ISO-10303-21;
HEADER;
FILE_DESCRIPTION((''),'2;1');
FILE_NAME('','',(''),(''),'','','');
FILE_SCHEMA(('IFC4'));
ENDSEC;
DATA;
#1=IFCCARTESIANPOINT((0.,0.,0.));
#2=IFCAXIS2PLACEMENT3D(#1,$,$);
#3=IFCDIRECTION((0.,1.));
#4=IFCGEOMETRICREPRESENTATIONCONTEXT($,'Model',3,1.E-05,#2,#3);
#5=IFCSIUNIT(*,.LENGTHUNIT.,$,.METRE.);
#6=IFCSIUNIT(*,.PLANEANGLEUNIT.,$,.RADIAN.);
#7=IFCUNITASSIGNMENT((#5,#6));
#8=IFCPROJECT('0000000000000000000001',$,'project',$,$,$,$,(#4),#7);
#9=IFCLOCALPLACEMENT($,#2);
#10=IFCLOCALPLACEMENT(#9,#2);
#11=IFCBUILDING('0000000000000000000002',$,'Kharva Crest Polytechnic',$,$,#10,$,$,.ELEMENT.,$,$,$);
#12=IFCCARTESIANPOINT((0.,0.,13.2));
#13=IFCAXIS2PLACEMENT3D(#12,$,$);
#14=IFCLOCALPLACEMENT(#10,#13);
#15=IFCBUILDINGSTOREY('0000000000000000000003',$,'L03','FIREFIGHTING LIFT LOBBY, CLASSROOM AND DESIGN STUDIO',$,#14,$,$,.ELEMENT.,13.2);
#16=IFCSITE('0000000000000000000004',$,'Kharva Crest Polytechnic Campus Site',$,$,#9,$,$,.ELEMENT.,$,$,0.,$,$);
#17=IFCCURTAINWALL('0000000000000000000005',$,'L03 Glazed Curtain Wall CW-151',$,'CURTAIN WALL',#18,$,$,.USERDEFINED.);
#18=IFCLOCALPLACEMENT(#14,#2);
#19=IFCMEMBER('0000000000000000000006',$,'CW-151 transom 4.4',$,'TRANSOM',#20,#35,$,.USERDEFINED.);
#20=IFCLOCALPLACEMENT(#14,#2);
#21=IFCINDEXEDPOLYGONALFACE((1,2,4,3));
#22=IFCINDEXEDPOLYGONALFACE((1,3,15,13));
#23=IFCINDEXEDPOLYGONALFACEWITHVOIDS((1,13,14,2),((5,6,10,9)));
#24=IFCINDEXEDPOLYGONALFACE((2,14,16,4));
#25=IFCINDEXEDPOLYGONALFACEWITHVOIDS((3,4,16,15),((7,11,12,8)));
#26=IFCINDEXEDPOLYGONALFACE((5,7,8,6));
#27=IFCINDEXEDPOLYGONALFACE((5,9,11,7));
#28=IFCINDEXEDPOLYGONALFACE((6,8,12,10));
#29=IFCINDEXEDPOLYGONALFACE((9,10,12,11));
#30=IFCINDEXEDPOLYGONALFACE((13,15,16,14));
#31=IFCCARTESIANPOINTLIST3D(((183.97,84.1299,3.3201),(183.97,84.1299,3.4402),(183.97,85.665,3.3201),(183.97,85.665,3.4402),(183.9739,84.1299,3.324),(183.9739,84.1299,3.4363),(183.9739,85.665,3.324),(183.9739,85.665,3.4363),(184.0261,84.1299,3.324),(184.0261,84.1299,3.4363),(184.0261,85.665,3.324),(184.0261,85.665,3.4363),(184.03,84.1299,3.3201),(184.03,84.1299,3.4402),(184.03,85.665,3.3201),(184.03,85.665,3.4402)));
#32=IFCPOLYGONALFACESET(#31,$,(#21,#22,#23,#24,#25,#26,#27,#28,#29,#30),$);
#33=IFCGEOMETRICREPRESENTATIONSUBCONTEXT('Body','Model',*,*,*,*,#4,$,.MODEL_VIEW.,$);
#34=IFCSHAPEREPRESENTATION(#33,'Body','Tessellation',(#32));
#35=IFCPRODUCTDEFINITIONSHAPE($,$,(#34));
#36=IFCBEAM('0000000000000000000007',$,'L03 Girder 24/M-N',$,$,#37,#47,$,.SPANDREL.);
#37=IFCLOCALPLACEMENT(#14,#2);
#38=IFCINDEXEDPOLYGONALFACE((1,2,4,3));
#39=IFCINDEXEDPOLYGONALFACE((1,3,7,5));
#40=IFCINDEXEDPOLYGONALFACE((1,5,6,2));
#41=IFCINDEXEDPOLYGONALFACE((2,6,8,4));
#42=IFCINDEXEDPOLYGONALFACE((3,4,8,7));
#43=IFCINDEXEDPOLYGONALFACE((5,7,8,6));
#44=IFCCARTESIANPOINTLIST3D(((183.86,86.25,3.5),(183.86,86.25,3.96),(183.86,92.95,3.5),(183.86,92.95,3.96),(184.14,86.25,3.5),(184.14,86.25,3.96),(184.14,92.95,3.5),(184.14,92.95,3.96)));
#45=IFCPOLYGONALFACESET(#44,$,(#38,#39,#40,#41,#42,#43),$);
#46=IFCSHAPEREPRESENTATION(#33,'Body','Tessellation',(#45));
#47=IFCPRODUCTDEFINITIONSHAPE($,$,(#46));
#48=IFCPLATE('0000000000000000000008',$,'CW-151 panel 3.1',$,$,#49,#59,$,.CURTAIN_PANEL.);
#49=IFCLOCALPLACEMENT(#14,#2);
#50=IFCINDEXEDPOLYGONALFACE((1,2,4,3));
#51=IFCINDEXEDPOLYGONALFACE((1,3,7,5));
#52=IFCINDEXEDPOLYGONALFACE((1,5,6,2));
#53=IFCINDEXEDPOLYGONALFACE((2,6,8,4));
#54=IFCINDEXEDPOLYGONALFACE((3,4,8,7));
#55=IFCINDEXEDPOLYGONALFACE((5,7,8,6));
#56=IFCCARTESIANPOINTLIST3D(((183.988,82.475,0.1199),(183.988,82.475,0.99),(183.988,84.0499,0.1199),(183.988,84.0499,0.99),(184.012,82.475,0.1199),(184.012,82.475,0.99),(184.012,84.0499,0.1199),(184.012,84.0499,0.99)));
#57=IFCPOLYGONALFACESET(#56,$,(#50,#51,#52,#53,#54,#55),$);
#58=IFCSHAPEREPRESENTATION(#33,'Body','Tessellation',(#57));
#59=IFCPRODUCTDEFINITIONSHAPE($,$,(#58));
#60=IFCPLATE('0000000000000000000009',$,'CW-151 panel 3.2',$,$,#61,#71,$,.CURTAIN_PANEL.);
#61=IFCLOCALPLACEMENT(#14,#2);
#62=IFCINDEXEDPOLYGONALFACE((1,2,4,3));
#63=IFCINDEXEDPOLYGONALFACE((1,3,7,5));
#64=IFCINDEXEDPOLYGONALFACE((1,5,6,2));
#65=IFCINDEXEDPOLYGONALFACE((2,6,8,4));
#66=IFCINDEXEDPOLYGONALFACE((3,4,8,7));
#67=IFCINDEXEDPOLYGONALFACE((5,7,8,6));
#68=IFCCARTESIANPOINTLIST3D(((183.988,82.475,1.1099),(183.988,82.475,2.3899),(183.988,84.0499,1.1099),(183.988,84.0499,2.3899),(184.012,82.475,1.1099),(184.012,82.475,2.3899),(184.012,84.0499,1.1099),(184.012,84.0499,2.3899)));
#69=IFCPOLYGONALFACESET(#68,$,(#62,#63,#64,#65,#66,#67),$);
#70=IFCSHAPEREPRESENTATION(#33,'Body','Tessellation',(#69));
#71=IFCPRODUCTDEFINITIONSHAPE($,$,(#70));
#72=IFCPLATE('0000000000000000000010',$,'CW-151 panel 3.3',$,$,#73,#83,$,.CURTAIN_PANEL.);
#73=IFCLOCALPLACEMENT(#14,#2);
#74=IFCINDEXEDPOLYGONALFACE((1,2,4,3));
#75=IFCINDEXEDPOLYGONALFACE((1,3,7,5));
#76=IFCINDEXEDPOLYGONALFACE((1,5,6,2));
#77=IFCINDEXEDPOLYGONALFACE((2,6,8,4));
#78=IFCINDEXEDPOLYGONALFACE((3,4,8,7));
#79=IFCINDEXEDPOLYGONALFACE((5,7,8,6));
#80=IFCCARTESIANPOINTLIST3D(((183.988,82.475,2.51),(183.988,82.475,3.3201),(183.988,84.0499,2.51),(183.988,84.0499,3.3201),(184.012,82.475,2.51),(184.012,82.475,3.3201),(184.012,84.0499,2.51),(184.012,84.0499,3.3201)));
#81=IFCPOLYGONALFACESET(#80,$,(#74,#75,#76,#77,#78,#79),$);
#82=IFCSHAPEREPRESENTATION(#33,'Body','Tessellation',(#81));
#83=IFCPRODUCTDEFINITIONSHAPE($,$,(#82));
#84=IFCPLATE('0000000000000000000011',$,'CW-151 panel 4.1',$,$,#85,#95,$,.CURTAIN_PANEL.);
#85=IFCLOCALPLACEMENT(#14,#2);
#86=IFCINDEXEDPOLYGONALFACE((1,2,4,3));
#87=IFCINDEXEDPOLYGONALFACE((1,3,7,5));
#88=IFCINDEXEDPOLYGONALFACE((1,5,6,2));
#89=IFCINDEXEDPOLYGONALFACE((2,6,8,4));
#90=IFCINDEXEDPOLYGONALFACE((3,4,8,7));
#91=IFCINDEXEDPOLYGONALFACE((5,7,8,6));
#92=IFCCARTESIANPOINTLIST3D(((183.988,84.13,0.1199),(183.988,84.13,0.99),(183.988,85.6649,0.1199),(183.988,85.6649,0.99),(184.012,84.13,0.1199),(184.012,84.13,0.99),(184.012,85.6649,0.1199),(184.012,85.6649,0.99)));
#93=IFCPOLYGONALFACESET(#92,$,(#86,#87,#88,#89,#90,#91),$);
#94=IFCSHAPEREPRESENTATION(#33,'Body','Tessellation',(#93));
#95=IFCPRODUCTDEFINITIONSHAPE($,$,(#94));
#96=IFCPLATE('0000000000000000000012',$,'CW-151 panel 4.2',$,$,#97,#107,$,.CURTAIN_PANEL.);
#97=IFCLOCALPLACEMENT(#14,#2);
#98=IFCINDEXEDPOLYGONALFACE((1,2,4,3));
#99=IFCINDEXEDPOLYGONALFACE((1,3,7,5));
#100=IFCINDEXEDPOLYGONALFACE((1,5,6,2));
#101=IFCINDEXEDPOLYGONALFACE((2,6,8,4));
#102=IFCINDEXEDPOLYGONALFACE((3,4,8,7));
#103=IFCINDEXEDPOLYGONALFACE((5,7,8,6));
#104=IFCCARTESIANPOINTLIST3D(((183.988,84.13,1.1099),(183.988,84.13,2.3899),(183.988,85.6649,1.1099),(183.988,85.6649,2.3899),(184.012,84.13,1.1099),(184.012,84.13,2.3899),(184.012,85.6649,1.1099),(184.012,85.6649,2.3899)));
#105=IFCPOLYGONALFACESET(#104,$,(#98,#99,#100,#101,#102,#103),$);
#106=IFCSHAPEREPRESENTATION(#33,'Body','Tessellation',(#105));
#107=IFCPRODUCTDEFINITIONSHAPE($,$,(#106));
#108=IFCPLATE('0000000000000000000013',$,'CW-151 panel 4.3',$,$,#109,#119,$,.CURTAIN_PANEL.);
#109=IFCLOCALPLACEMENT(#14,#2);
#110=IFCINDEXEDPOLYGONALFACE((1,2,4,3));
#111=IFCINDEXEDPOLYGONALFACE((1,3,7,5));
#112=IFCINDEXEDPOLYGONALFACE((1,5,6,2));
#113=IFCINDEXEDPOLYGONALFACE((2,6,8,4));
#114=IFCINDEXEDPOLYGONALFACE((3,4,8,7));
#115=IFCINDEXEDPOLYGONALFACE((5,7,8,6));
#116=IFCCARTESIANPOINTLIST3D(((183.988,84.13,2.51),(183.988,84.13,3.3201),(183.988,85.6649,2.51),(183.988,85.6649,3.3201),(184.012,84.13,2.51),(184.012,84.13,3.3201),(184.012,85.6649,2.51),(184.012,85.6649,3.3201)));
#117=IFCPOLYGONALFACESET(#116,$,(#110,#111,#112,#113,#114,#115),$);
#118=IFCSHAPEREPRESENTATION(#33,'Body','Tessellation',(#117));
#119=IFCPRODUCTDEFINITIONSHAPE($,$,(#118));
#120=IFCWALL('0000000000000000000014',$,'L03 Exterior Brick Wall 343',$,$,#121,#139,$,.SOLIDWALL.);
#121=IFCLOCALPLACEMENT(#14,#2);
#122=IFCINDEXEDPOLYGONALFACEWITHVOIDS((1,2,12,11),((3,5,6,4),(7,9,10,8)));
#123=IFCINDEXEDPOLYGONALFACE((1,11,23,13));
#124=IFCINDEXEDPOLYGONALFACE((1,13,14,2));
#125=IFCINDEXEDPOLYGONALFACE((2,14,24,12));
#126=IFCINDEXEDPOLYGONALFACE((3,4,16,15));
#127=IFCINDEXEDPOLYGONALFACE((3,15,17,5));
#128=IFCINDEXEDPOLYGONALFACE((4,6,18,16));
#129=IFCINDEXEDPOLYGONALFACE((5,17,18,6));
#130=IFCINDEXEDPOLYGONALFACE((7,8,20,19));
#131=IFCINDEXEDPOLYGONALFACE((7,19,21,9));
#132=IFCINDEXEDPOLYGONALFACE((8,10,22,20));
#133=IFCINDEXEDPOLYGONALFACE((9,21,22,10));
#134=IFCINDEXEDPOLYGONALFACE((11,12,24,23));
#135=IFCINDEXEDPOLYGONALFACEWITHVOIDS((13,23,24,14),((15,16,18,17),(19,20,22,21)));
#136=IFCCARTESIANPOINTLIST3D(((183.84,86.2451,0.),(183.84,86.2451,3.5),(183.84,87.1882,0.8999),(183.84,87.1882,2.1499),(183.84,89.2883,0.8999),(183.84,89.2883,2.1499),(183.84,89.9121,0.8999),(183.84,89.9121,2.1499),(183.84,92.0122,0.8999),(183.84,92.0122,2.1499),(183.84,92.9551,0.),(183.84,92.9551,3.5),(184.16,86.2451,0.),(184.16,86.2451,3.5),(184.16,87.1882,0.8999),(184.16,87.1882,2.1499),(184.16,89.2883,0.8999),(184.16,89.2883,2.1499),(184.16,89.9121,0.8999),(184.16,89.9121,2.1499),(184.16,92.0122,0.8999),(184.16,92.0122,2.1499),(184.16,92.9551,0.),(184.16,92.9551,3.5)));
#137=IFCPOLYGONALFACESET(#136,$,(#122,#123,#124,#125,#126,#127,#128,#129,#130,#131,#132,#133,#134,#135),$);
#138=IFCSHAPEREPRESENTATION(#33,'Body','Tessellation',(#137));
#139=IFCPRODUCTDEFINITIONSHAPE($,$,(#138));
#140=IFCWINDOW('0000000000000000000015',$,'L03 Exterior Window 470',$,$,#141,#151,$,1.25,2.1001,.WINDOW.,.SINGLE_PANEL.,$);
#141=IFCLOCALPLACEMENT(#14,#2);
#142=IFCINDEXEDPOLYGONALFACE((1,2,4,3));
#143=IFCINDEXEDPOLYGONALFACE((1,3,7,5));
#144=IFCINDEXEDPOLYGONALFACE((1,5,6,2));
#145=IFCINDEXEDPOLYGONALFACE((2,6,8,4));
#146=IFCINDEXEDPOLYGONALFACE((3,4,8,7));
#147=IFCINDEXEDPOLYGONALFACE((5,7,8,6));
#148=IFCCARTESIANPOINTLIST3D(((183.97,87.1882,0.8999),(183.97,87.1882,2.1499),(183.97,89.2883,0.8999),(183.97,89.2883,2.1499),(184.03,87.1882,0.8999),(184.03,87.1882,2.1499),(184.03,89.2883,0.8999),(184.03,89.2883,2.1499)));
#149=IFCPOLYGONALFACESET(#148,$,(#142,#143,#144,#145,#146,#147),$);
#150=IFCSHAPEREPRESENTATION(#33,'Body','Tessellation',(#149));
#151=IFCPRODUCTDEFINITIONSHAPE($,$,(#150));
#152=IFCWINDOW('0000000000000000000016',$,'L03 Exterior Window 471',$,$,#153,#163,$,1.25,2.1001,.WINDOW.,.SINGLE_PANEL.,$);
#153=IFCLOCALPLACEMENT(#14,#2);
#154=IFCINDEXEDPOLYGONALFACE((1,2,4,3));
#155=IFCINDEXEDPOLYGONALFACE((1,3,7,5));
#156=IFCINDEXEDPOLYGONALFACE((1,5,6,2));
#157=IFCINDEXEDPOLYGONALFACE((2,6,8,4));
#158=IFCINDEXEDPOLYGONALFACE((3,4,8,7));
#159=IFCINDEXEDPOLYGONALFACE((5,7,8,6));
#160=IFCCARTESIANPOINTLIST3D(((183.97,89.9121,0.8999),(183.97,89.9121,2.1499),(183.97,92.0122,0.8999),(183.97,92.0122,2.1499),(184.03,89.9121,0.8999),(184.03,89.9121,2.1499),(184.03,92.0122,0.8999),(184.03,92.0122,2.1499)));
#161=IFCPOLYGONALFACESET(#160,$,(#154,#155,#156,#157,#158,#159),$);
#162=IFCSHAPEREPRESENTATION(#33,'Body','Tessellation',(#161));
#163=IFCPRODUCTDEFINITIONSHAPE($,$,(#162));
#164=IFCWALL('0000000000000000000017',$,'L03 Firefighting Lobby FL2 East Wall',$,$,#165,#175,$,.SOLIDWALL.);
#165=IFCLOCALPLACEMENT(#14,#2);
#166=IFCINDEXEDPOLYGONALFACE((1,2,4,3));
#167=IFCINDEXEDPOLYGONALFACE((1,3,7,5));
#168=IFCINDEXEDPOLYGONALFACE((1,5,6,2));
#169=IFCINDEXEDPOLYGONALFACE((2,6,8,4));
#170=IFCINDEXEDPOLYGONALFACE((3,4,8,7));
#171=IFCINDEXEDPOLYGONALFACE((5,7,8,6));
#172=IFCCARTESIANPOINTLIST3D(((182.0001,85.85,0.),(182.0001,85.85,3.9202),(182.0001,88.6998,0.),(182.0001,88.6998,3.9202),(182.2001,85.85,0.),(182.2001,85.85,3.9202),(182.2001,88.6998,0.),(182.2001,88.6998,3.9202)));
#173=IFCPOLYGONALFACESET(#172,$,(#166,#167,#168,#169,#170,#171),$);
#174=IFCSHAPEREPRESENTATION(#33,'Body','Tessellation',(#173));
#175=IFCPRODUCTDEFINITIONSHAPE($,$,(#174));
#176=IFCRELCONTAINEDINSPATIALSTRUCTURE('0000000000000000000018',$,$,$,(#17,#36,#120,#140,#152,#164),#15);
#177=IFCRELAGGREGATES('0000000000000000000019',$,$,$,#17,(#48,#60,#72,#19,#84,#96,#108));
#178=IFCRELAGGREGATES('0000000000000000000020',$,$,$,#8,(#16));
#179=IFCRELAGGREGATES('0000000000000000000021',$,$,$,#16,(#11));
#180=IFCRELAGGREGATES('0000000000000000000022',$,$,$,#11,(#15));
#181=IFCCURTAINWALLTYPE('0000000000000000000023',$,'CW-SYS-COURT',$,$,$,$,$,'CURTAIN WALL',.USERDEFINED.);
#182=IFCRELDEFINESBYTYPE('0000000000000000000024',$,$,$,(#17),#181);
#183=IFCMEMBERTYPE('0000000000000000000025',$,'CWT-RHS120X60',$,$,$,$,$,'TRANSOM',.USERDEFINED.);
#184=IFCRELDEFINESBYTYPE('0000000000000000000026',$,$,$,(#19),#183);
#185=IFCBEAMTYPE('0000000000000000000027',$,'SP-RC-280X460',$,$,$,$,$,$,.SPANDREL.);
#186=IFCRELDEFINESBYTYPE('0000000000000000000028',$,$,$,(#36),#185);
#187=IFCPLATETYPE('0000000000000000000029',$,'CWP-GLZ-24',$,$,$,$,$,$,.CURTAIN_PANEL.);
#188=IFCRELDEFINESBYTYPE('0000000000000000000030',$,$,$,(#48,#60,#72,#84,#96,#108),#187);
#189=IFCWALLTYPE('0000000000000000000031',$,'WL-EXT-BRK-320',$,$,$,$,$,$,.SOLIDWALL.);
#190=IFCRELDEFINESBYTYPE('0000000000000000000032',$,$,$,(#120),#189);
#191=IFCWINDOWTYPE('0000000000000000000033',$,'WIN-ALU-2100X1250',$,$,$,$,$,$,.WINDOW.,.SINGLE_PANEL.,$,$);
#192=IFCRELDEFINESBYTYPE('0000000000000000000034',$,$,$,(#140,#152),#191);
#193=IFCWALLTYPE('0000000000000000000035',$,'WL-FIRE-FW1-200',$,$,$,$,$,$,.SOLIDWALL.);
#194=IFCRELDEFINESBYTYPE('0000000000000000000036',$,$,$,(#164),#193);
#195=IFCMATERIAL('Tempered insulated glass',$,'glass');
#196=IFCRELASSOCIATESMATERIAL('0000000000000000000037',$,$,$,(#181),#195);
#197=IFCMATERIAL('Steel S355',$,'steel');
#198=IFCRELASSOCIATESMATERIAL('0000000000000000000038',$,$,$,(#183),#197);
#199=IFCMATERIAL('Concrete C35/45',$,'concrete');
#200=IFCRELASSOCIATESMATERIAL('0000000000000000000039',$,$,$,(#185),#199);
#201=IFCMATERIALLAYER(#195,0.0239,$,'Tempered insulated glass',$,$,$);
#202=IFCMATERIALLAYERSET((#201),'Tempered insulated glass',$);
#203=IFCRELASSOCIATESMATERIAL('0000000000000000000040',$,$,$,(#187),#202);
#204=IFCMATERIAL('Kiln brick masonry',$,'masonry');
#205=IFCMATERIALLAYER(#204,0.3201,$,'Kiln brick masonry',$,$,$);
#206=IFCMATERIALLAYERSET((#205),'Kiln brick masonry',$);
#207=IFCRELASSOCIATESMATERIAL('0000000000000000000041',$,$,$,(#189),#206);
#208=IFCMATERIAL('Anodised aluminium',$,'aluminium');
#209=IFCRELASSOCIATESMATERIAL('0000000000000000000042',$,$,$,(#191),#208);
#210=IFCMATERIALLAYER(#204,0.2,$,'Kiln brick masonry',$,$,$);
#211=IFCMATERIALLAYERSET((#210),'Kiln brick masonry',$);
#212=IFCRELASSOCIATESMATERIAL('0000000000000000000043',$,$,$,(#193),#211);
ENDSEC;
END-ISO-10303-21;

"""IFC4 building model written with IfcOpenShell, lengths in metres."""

from ifc_helpers import new_model, si_unit, direction, frame, frame_2d, origin, origin_2d, place, context, subcontext, project, spatial, rectangle, hollow_rectangle, extrude, material, layer, layer_set, material_profile, profile_set, type_object, element, fill, aggregate, save


model = new_model("IFC4")

# Units and contexts
model_context = context("Model", 3, precision=1e-05, world=origin(), true_north=direction((0.0, 1.0)))
body_context = subcontext(model_context, "Body", "Model", "MODEL_VIEW")
ifc_project = project(units=[si_unit("LENGTHUNIT", "METRE"), si_unit("PLANEANGLEUNIT", "RADIAN")], contexts=[model_context])

# Site, building, storey
site_placement = place(None, origin())
site = spatial("IfcSite", under=ifc_project, at=site_placement, Name="Kharva Crest Polytechnic Campus Site", CompositionType="ELEMENT", RefElevation=0.0)
building_placement = place(site_placement, origin())
building = spatial("IfcBuilding", under=site, at=building_placement, Name="Kharva Crest Polytechnic", CompositionType="ELEMENT")
storey_placement = place(building_placement, frame((0.0, 0.0, 13.2)))
storey = spatial("IfcBuildingStorey", under=building, at=storey_placement, Name="L03", Description="FIREFIGHTING LIFT LOBBY, CLASSROOM AND DESIGN STUDIO", CompositionType="ELEMENT", Elevation=13.2)

# Curtain wall, member
ifc_material_1 = material(Name="Tempered insulated glass", Category="glass")
curtain_wall_type = type_object("IfcCurtainWallType", Name="CW-SYS-COURT", ElementType="CURTAIN WALL", PredefinedType="USERDEFINED", material=ifc_material_1)
curtain_wall_placement = place(storey_placement, origin())
curtain_wall = element("IfcCurtainWall", 1, at=curtain_wall_placement, inside=storey, type_object=curtain_wall_type, Name="L03 Glazed Curtain Wall CW-151", ObjectType="CURTAIN WALL", PredefinedType="USERDEFINED")
ifc_material_2 = material(Name="Steel S355", Category="steel")
ifc_material_profile_1 = material_profile(ifc_material_2, hollow_rectangle(XDim=0.0601, YDim=0.1201, WallThickness=0.0039, at=origin_2d()), Name="RHS 120X60X4.0")
ifc_profile_set_1 = profile_set([ifc_material_profile_1], Name="Steel S355")
member_type_1 = type_object("IfcMemberType", Name="CWT-RHS120X60", ElementType="TRANSOM", PredefinedType="USERDEFINED", material=ifc_profile_set_1)
member_1_placement = place(storey_placement, frame((184.0, 84.1299, 3.3801), z_axis=(0.0, 1.0, 0.0), x_axis=(-1.0, 0.0, 0.0)))
member_1 = element("IfcMember", 2, at=member_1_placement, type_object=member_type_1, Name="CW-151 transom 4.4", ObjectType="TRANSOM", PredefinedType="USERDEFINED", context=body_context, shape_type="SweptSolid", body=[
    extrude(hollow_rectangle(XDim=0.0601, YDim=0.1201, WallThickness=0.0039, at=origin_2d()), origin(), (0.0, 0.0, 1.0), 1.5352),
])

# Beam
ifc_material_3 = material(Name="Concrete C35/45", Category="concrete")
ifc_material_profile_2 = material_profile(ifc_material_3, rectangle(XDim=0.28, YDim=0.46, at=origin_2d()), Name="RECT 280 X 460")
ifc_profile_set_2 = profile_set([ifc_material_profile_2], Name="Concrete C35/45")
beam_type = type_object("IfcBeamType", Name="SP-RC-280X460", PredefinedType="SPANDREL", material=ifc_profile_set_2)
beam_placement = place(storey_placement, frame((184.0, 86.25, 3.73), z_axis=(0.0, 1.0, 0.0), x_axis=(-1.0, 0.0, 0.0)))
element("IfcBeam", 3, at=beam_placement, inside=storey, type_object=beam_type, Name="L03 Girder 24/M-N", PredefinedType="SPANDREL", context=body_context, shape_type="SweptSolid", body=[
    extrude(rectangle(XDim=0.28, YDim=0.46, at=origin_2d()), origin(), (0.0, 0.0, 1.0), 6.7),
])

# Plates
ifc_layer_1 = layer(ifc_material_1, 0.0239, Name="Tempered insulated glass")
ifc_layer_set_1 = layer_set([ifc_layer_1], Name="Tempered insulated glass")
plate_type = type_object("IfcPlateType", Name="CWP-GLZ-24", PredefinedType="CURTAIN_PANEL", material=ifc_layer_set_1)
plate_1_placement = place(storey_placement, frame((184.0, 83.2625, 0.1199), z_axis=(0.0, 0.0, 1.0), x_axis=(0.0, 1.0, 0.0)))
plate_1 = element("IfcPlate", 4, at=plate_1_placement, type_object=plate_type, Name="CW-151 panel 3.1", PredefinedType="CURTAIN_PANEL", context=body_context, shape_type="SweptSolid", body=[
    extrude(rectangle(XDim=1.575, YDim=0.0239, at=origin_2d()), origin(), (0.0, 0.0, 1.0), 0.8701),
])
plate_2_placement = place(storey_placement, frame((184.0, 83.2625, 1.1099), z_axis=(0.0, 0.0, 1.0), x_axis=(0.0, 1.0, 0.0)))
plate_2 = element("IfcPlate", 5, at=plate_2_placement, type_object=plate_type, Name="CW-151 panel 3.2", PredefinedType="CURTAIN_PANEL", context=body_context, shape_type="SweptSolid", body=[
    extrude(rectangle(XDim=1.575, YDim=0.0239, at=origin_2d()), origin(), (0.0, 0.0, 1.0), 1.28),
])
plate_3_placement = place(storey_placement, frame((184.0, 83.2625, 2.51), z_axis=(0.0, 0.0, 1.0), x_axis=(0.0, 1.0, 0.0)))
plate_3 = element("IfcPlate", 6, at=plate_3_placement, type_object=plate_type, Name="CW-151 panel 3.3", PredefinedType="CURTAIN_PANEL", context=body_context, shape_type="SweptSolid", body=[
    extrude(rectangle(XDim=1.575, YDim=0.0239, at=origin_2d()), origin(), (0.0, 0.0, 1.0), 0.8101),
])
plate_4_placement = place(storey_placement, frame((184.0, 84.8975, 0.1199), z_axis=(0.0, 0.0, 1.0), x_axis=(0.0, 1.0, 0.0)))
plate_4 = element("IfcPlate", 7, at=plate_4_placement, type_object=plate_type, Name="CW-151 panel 4.1", PredefinedType="CURTAIN_PANEL", context=body_context, shape_type="SweptSolid", body=[
    extrude(rectangle(XDim=1.5349, YDim=0.0239, at=origin_2d()), origin(), (0.0, 0.0, 1.0), 0.8701),
])
plate_5_placement = place(storey_placement, frame((184.0, 84.8975, 1.1099), z_axis=(0.0, 0.0, 1.0), x_axis=(0.0, 1.0, 0.0)))
plate_5 = element("IfcPlate", 8, at=plate_5_placement, type_object=plate_type, Name="CW-151 panel 4.2", PredefinedType="CURTAIN_PANEL", context=body_context, shape_type="SweptSolid", body=[
    extrude(rectangle(XDim=1.5349, YDim=0.0239, at=origin_2d()), origin(), (0.0, 0.0, 1.0), 1.28),
])
plate_6_placement = place(storey_placement, frame((184.0, 84.8975, 2.51), z_axis=(0.0, 0.0, 1.0), x_axis=(0.0, 1.0, 0.0)))
plate_6 = element("IfcPlate", 9, at=plate_6_placement, type_object=plate_type, Name="CW-151 panel 4.3", PredefinedType="CURTAIN_PANEL", context=body_context, shape_type="SweptSolid", body=[
    extrude(rectangle(XDim=1.5349, YDim=0.0239, at=origin_2d()), origin(), (0.0, 0.0, 1.0), 0.8101),
])
aggregate(curtain_wall, [plate_1, plate_2, plate_3, member_1, plate_4, plate_5, plate_6])

# Wall, openings, windows
ifc_material_4 = material(Name="Kiln brick masonry", Category="masonry")
ifc_layer_2 = layer(ifc_material_4, 0.3201, Name="Kiln brick masonry")
ifc_layer_set_2 = layer_set([ifc_layer_2], Name="Kiln brick masonry")
wall_type_1 = type_object("IfcWallType", Name="WL-EXT-BRK-320", PredefinedType="SOLIDWALL", material=ifc_layer_set_2)
wall_1_placement = place(storey_placement, frame((184.0, 86.2451, 0.0), z_axis=(0.0, 0.0, 1.0), x_axis=(0.0, 1.0, 0.0)))
wall_1 = element("IfcWall", 10, at=wall_1_placement, inside=storey, type_object=wall_type_1, Name="L03 Exterior Brick Wall 343", PredefinedType="SOLIDWALL", context=body_context, shape_type="SweptSolid", body=[
    extrude(rectangle(XDim=6.71, YDim=0.3201, at=frame_2d((3.355, 0.0))), origin(), (0.0, 0.0, 1.0), 3.5),
])
opening_1_placement = place(wall_1_placement, frame((0.9431, 0.0, 0.8999)))
opening_1 = element("IfcOpeningElement", 11, at=opening_1_placement, cuts=wall_1, PredefinedType="OPENING", context=body_context, shape_type="SweptSolid", body=[
    extrude(rectangle(XDim=2.1001, YDim=1.25, at=frame_2d((1.05, 0.625))), frame((0.0, 0.1699, 0.0), z_axis=(0.0, -1.0, 0.0), x_axis=(1.0, 0.0, 0.0)), (0.0, 0.0, 1.0), 0.3401),
])
opening_2_placement = place(wall_1_placement, frame((3.667, 0.0, 0.8999)))
opening_2 = element("IfcOpeningElement", 12, at=opening_2_placement, cuts=wall_1, PredefinedType="OPENING", context=body_context, shape_type="SweptSolid", body=[
    extrude(rectangle(XDim=2.1001, YDim=1.25, at=frame_2d((1.05, 0.625))), frame((0.0, 0.1699, 0.0), z_axis=(0.0, -1.0, 0.0), x_axis=(1.0, 0.0, 0.0)), (0.0, 0.0, 1.0), 0.3401),
])
ifc_material_5 = material(Name="Anodised aluminium", Category="aluminium")
window_type = type_object("IfcWindowType", Name="WIN-ALU-2100X1250", PartitioningType="SINGLE_PANEL", PredefinedType="WINDOW", material=ifc_material_5)
window_1_placement = place(opening_1_placement, origin())
window_1 = element("IfcWindow", 13, at=window_1_placement, inside=storey, type_object=window_type, Name="L03 Exterior Window 470", OverallHeight=1.25, OverallWidth=2.1001, PartitioningType="SINGLE_PANEL", PredefinedType="WINDOW", context=body_context, shape_type="SweptSolid", body=[
    extrude(rectangle(XDim=2.1001, YDim=1.25, at=frame_2d((1.05, 0.625))), frame((0.0, 0.03, 0.0), z_axis=(0.0, -1.0, 0.0), x_axis=(1.0, 0.0, 0.0)), (0.0, 0.0, 1.0), 0.0601),
])
fill(opening_1, window_1)
window_2_placement = place(opening_2_placement, origin())
window_2 = element("IfcWindow", 14, at=window_2_placement, inside=storey, type_object=window_type, Name="L03 Exterior Window 471", OverallHeight=1.25, OverallWidth=2.1001, PartitioningType="SINGLE_PANEL", PredefinedType="WINDOW", context=body_context, shape_type="SweptSolid", body=[
    extrude(rectangle(XDim=2.1001, YDim=1.25, at=frame_2d((1.05, 0.625))), frame((0.0, 0.03, 0.0), z_axis=(0.0, -1.0, 0.0), x_axis=(1.0, 0.0, 0.0)), (0.0, 0.0, 1.0), 0.0601),
])
fill(opening_2, window_2)

# Wall
ifc_layer_3 = layer(ifc_material_4, 0.2, Name="Kiln brick masonry")
ifc_layer_set_3 = layer_set([ifc_layer_3], Name="Kiln brick masonry")
wall_type_2 = type_object("IfcWallType", Name="WL-FIRE-FW1-200", PredefinedType="SOLIDWALL", material=ifc_layer_set_3)
wall_2_placement = place(storey_placement, frame((182.1001, 85.8501, 0.0), z_axis=(0.0, 0.0, 1.0), x_axis=(0.0, 1.0, 0.0)))
element("IfcWall", 15, at=wall_2_placement, inside=storey, type_object=wall_type_2, Name="L03 Firefighting Lobby FL2 East Wall", PredefinedType="SOLIDWALL", context=body_context, shape_type="SweptSolid", body=[
    extrude(rectangle(XDim=2.8499, YDim=0.2, at=frame_2d((1.4248, 0.0))), origin(), (0.0, 0.0, 1.0), 3.9202),
])

save(model, "model.ifc")
